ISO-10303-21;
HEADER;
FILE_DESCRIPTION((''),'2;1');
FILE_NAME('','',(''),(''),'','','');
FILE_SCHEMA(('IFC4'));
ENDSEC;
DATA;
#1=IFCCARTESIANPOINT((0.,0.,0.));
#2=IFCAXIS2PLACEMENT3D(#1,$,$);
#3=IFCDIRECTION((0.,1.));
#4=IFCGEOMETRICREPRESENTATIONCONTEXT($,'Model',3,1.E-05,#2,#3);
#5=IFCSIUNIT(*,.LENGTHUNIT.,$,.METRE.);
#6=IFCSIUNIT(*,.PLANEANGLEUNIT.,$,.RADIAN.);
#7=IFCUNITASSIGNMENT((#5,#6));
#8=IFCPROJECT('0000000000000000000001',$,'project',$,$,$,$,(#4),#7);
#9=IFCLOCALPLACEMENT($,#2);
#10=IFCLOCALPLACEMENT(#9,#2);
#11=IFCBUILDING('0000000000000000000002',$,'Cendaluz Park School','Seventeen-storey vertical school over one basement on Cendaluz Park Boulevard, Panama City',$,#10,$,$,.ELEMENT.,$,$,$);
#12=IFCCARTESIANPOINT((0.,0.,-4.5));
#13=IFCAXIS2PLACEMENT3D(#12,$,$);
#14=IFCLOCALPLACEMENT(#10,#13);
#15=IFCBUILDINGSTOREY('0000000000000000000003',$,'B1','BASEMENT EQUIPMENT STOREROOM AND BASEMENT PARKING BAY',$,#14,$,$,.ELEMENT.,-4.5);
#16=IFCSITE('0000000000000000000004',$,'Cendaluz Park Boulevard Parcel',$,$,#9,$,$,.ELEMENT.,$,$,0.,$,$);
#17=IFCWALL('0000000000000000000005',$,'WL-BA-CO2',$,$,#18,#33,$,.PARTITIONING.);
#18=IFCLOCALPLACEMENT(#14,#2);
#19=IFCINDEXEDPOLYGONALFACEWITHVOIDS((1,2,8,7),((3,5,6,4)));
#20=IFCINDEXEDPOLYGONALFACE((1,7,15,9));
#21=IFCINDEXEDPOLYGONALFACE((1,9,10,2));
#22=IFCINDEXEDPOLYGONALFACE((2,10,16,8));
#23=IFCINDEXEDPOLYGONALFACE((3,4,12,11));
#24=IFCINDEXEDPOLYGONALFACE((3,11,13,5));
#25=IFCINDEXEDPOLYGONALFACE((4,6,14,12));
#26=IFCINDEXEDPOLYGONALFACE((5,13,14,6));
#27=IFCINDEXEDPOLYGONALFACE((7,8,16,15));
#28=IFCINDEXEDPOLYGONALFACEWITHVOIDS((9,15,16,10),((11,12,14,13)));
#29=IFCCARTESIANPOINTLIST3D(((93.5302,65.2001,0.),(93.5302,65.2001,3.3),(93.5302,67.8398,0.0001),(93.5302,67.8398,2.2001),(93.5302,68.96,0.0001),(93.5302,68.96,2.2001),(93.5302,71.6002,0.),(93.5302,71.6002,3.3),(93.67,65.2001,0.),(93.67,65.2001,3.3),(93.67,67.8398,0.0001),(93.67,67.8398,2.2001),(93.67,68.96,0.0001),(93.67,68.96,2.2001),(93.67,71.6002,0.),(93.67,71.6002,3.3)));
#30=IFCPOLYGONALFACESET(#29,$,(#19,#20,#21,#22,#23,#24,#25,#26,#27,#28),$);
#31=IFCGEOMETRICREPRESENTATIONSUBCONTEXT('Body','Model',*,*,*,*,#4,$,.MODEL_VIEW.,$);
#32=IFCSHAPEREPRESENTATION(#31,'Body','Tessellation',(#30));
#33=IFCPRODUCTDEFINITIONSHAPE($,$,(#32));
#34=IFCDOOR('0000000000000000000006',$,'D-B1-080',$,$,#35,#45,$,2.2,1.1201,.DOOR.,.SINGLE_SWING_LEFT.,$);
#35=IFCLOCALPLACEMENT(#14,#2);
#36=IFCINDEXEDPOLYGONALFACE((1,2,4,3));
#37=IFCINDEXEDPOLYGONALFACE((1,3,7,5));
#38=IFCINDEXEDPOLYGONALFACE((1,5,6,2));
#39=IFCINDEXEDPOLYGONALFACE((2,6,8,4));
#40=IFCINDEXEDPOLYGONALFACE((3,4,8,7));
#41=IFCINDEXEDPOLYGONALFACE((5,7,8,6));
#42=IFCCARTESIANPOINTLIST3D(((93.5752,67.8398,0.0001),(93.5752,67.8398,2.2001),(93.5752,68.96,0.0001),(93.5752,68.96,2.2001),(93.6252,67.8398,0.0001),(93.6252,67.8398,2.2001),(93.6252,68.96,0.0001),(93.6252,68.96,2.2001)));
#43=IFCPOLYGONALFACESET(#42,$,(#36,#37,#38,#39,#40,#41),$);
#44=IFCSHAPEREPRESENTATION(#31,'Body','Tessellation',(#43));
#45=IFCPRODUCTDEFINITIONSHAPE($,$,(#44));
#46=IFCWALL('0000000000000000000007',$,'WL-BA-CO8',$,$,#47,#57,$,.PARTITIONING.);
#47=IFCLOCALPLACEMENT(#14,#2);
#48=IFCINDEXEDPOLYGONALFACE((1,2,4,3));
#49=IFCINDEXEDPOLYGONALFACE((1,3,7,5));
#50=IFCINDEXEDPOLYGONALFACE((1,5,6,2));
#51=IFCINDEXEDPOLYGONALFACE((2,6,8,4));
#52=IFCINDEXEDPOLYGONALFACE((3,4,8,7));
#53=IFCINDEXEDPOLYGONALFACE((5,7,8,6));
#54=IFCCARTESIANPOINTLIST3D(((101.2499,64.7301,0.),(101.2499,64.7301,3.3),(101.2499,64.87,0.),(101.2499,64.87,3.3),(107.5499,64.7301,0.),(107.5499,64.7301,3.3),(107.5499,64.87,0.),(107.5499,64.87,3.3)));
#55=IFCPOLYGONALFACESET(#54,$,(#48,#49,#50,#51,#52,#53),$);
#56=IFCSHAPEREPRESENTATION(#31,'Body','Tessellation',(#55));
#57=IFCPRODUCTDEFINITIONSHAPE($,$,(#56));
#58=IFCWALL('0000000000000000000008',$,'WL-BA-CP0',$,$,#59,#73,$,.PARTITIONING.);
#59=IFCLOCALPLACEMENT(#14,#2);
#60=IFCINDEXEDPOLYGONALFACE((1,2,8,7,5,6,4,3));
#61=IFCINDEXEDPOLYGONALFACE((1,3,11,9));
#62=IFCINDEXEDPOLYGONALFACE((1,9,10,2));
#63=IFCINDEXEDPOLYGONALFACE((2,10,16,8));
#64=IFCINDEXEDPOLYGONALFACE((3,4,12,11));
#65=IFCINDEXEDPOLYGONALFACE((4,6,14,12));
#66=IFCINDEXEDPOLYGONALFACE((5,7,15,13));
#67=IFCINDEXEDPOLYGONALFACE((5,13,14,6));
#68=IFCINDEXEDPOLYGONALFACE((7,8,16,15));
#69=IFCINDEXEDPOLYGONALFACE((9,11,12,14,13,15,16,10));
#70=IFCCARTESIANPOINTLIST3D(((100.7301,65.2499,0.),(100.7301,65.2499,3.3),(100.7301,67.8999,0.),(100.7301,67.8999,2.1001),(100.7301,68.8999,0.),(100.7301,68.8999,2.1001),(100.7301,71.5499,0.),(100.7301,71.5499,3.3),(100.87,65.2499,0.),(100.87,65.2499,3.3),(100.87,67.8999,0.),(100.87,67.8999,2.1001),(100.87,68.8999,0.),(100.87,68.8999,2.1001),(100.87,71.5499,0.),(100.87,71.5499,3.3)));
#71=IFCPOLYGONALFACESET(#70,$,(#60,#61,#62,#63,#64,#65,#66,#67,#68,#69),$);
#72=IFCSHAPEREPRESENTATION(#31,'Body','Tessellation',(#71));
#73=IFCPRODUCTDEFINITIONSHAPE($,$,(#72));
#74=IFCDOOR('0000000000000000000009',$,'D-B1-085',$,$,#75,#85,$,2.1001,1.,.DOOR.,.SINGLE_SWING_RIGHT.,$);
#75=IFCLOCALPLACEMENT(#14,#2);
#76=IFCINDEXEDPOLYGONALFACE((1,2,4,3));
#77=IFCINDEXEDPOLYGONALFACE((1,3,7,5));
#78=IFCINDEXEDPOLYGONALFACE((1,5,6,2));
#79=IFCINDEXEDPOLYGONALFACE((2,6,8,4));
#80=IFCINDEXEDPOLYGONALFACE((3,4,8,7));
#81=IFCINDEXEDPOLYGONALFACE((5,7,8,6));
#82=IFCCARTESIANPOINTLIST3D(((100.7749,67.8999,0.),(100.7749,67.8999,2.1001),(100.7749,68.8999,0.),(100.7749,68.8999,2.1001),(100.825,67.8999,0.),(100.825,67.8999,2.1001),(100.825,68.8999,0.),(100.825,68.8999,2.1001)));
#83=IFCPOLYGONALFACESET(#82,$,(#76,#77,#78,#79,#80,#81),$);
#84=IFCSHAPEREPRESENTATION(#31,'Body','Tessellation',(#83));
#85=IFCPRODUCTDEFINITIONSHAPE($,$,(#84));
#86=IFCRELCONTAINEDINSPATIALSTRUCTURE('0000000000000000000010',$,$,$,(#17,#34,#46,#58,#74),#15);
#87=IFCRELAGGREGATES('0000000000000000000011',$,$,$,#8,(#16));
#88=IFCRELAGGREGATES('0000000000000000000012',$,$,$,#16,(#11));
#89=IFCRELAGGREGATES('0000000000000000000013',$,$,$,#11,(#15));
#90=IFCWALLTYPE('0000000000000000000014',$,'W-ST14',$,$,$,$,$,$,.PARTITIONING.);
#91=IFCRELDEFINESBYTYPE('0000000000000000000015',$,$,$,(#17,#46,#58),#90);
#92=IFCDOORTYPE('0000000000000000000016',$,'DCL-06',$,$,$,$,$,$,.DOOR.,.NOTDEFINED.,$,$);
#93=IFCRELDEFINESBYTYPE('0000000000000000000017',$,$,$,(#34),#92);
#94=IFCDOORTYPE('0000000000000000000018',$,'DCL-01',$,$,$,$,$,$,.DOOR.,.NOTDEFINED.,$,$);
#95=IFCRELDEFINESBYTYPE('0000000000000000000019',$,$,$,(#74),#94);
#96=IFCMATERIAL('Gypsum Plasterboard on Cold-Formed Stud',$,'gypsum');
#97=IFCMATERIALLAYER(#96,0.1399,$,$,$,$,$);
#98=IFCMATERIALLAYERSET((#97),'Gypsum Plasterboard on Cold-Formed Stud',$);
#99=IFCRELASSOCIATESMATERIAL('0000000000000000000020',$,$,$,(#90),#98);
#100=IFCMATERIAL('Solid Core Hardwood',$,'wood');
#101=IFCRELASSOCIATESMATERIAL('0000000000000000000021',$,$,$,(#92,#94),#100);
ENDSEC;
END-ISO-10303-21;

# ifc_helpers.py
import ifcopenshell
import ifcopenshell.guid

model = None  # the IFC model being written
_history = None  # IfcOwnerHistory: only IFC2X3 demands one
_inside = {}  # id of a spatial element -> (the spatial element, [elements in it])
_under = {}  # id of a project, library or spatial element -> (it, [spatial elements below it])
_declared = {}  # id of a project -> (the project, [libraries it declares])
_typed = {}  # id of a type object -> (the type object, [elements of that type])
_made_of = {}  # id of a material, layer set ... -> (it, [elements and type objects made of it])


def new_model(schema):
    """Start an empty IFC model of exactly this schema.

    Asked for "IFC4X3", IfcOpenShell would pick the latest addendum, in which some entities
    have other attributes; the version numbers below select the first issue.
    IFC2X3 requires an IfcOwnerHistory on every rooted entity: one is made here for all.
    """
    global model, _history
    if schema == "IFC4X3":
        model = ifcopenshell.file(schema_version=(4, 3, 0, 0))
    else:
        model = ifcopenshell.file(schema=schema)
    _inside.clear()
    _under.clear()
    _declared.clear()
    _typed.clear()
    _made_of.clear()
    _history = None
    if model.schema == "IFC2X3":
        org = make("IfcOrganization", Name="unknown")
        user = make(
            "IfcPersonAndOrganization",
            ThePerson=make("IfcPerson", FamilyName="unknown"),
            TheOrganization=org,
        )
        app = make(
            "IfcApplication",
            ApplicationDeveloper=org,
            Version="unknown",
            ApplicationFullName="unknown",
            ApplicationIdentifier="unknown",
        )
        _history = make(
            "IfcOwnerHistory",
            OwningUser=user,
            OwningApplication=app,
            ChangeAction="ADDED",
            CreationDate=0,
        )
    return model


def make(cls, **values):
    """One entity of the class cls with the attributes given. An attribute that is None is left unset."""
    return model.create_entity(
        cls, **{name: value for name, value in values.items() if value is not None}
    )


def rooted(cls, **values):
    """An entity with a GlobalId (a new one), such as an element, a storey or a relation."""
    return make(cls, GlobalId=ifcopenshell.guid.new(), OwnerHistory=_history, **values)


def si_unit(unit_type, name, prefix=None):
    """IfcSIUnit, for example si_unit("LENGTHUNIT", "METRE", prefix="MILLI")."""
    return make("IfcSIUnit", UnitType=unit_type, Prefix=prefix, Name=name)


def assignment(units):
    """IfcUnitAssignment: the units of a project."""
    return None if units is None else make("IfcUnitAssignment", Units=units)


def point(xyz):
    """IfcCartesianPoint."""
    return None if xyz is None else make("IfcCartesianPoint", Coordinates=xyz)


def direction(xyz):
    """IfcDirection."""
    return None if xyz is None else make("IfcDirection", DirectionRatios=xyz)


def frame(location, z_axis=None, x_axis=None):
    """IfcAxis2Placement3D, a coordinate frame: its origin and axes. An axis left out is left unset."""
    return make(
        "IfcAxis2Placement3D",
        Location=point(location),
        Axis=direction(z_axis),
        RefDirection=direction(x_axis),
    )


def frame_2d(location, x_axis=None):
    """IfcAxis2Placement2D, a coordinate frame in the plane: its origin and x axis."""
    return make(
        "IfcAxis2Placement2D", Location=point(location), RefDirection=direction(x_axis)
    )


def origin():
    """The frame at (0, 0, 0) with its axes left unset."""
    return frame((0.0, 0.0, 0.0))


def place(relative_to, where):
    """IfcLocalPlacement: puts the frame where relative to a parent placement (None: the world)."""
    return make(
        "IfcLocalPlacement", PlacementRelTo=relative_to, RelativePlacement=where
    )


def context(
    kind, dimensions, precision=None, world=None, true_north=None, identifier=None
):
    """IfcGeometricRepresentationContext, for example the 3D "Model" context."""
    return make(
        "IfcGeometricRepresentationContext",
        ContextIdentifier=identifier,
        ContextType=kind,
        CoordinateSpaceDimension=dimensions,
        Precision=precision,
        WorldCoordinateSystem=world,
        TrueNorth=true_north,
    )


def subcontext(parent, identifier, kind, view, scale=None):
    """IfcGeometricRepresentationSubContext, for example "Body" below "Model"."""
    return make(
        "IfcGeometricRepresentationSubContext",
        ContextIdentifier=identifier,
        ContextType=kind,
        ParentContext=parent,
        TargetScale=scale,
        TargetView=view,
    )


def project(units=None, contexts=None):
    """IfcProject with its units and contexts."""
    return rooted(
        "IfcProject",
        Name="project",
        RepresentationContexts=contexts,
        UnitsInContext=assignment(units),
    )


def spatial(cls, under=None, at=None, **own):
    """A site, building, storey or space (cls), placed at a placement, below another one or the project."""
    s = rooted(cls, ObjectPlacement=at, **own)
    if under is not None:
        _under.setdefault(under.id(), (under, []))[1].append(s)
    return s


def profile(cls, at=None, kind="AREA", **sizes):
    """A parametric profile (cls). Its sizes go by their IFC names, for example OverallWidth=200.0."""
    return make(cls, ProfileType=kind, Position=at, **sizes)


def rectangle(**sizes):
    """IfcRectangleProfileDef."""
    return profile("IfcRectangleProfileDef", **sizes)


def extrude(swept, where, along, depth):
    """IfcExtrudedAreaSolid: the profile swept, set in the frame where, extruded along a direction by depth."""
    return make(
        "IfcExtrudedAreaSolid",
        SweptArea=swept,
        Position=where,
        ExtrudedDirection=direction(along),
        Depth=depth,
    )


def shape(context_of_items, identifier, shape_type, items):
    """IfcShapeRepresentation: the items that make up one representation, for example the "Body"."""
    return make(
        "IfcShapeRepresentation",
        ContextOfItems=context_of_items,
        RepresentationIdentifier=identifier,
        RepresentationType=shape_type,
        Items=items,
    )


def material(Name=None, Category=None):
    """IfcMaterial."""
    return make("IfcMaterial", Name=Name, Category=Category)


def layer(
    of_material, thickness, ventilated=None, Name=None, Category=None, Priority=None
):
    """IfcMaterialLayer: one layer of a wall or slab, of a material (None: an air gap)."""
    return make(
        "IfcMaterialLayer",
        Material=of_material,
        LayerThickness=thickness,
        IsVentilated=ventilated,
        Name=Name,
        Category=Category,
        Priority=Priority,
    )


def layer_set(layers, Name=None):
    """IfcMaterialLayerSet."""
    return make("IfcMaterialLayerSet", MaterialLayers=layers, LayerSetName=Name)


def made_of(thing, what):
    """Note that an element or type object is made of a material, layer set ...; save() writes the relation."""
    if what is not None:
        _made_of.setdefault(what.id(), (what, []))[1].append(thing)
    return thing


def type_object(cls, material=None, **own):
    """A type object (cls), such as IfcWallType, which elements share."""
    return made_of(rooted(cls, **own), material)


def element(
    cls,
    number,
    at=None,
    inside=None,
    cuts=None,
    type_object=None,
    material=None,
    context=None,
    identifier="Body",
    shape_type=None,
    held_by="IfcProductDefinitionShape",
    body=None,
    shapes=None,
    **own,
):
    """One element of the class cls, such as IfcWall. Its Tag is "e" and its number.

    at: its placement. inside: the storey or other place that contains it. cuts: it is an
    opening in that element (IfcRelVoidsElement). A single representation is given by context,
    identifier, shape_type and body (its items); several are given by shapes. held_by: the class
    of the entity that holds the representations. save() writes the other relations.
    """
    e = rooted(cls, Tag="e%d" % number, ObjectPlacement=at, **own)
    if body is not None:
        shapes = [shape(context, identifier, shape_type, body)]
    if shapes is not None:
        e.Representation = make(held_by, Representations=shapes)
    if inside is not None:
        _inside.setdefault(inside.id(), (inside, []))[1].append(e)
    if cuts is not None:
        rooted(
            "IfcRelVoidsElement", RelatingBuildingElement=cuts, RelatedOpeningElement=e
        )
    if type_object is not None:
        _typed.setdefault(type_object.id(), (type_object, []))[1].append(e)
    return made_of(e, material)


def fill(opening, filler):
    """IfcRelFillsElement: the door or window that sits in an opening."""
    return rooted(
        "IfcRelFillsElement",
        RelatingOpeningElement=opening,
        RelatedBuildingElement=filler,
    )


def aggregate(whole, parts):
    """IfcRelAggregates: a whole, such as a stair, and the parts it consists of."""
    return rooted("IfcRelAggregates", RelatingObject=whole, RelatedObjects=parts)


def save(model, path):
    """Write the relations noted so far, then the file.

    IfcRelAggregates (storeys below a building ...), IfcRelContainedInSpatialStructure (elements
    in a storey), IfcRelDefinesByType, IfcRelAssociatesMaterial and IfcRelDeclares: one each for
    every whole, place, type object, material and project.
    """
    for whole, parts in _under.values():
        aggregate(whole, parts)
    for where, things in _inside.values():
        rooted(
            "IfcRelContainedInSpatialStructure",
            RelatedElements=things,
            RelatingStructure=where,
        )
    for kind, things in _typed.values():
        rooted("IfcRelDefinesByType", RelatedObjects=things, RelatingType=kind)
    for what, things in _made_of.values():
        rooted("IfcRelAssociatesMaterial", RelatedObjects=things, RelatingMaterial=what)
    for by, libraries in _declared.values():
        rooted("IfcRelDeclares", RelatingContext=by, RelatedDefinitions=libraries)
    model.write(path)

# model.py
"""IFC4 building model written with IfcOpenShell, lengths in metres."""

from ifc_helpers import new_model, si_unit, direction, frame, frame_2d, origin, place, context, subcontext, project, spatial, rectangle, extrude, material, layer, layer_set, type_object, element, fill, save


model = new_model("IFC4")

# Units and contexts
model_context = context("Model", 3, precision=1e-05, world=origin(), true_north=direction((0.0, 1.0)))
body_context = subcontext(model_context, "Body", "Model", "MODEL_VIEW")
ifc_project = project(units=[si_unit("LENGTHUNIT", "METRE"), si_unit("PLANEANGLEUNIT", "RADIAN")], contexts=[model_context])

# Site, building, storey
site_placement = place(None, origin())
site = spatial("IfcSite", under=ifc_project, at=site_placement, Name="Cendaluz Park Boulevard Parcel", CompositionType="ELEMENT", RefElevation=0.0)
building_placement = place(site_placement, origin())
building = spatial("IfcBuilding", under=site, at=building_placement, Name="Cendaluz Park School", Description="Seventeen-storey vertical school over one basement on Cendaluz Park Boulevard, Panama City", CompositionType="ELEMENT")
storey_placement = place(building_placement, frame((0.0, 0.0, -4.5)))
storey = spatial("IfcBuildingStorey", under=building, at=storey_placement, Name="B1", Description="BASEMENT EQUIPMENT STOREROOM AND BASEMENT PARKING BAY", CompositionType="ELEMENT", Elevation=-4.5)

# Shared definitions
ifc_material_1 = material(Name="Gypsum Plasterboard on Cold-Formed Stud", Category="gypsum")
ifc_layer_1 = layer(ifc_material_1, 0.1399)
ifc_layer_set_1 = layer_set([ifc_layer_1], Name="Gypsum Plasterboard on Cold-Formed Stud")
wall_type_1 = type_object("IfcWallType", Name="W-ST14", PredefinedType="PARTITIONING", material=ifc_layer_set_1)

# Wall, opening, door
wall_1_placement = place(storey_placement, frame((93.6001, 65.2, 0.0), z_axis=(0.0, 0.0, 1.0), x_axis=(0.0, 1.0, 0.0)))
wall_1 = element("IfcWall", 1, at=wall_1_placement, inside=storey, type_object=wall_type_1, Name="WL-BA-CO2", PredefinedType="PARTITIONING", context=body_context, shape_type="SweptSolid", body=[
    extrude(rectangle(XDim=6.4001, YDim=0.1399, at=frame_2d((3.2002, 0.0))), origin(), (0.0, 0.0, 1.0), 3.3),
])
opening_1_placement = place(wall_1_placement, frame((2.6399, 0.0, 0.0)))
opening_1 = element("IfcOpeningElement", 2, at=opening_1_placement, cuts=wall_1, PredefinedType="OPENING", context=body_context, shape_type="SweptSolid", body=[
    extrude(rectangle(XDim=1.1201, YDim=2.2, at=frame_2d((0.5601, 1.1001))), frame((0.0, 0.082, 0.0), z_axis=(0.0, -1.0, 0.0), x_axis=(1.0, 0.0, 0.0)), (0.0, 0.0, 1.0), 0.1638),
])
ifc_material_2 = material(Name="Solid Core Hardwood", Category="wood")
door_type_1 = type_object("IfcDoorType", Name="DCL-06", OperationType="NOTDEFINED", PredefinedType="DOOR", material=ifc_material_2)
door_1_placement = place(opening_1_placement, origin())
door_1 = element("IfcDoor", 3, at=door_1_placement, inside=storey, type_object=door_type_1, Name="D-B1-080", OperationType="SINGLE_SWING_LEFT", OverallHeight=2.2, OverallWidth=1.1201, PredefinedType="DOOR", context=body_context, shape_type="SweptSolid", body=[
    extrude(rectangle(XDim=1.1201, YDim=2.2, at=frame_2d((0.5601, 1.1001))), frame((0.0, 0.0249, 0.0), z_axis=(0.0, -1.0, 0.0), x_axis=(1.0, 0.0, 0.0)), (0.0, 0.0, 1.0), 0.05),
])
fill(opening_1, door_1)

# Wall
wall_2_placement = place(storey_placement, frame((101.25, 64.8, 0.0), z_axis=(0.0, 0.0, 1.0), x_axis=(1.0, 0.0, 0.0)))
element("IfcWall", 4, at=wall_2_placement, inside=storey, type_object=wall_type_1, Name="WL-BA-CO8", PredefinedType="PARTITIONING", context=body_context, shape_type="SweptSolid", body=[
    extrude(rectangle(XDim=6.3, YDim=0.1399, at=frame_2d((3.1499, 0.0))), origin(), (0.0, 0.0, 1.0), 3.3),
])

# Wall, opening, door
wall_3_placement = place(storey_placement, frame((100.8, 65.25, 0.0), z_axis=(0.0, 0.0, 1.0), x_axis=(0.0, 1.0, 0.0)))
wall_3 = element("IfcWall", 5, at=wall_3_placement, inside=storey, type_object=wall_type_1, Name="WL-BA-CP0", PredefinedType="PARTITIONING", context=body_context, shape_type="SweptSolid", body=[
    extrude(rectangle(XDim=6.3, YDim=0.1399, at=frame_2d((3.1499, 0.0))), origin(), (0.0, 0.0, 1.0), 3.3),
])
opening_2_placement = place(wall_3_placement, frame((2.6499, 0.0, 0.0)))
opening_2 = element("IfcOpeningElement", 6, at=opening_2_placement, cuts=wall_3, PredefinedType="OPENING", context=body_context, shape_type="SweptSolid", body=[
    extrude(rectangle(XDim=1.0, YDim=2.1001, at=frame_2d((0.5, 1.05))), frame((0.0, 0.082, 0.0), z_axis=(0.0, -1.0, 0.0), x_axis=(1.0, 0.0, 0.0)), (0.0, 0.0, 1.0), 0.1638),
])
door_type_2 = type_object("IfcDoorType", Name="DCL-01", OperationType="NOTDEFINED", PredefinedType="DOOR", material=ifc_material_2)
door_2_placement = place(opening_2_placement, frame((1.0, 0.0, 0.0), z_axis=(0.0, 0.0, 1.0), x_axis=(-1.0, 0.0, 0.0)))
door_2 = element("IfcDoor", 7, at=door_2_placement, inside=storey, type_object=door_type_2, Name="D-B1-085", OperationType="SINGLE_SWING_RIGHT", OverallHeight=2.1001, OverallWidth=1.0, PredefinedType="DOOR", context=body_context, shape_type="SweptSolid", body=[
    extrude(rectangle(XDim=1.0, YDim=2.1001, at=frame_2d((0.5, 1.05))), frame((0.0, 0.0249, 0.0), z_axis=(0.0, -1.0, 0.0), x_axis=(1.0, 0.0, 0.0)), (0.0, 0.0, 1.0), 0.05),
])
fill(opening_2, door_2)

save(model, "model.ifc")
